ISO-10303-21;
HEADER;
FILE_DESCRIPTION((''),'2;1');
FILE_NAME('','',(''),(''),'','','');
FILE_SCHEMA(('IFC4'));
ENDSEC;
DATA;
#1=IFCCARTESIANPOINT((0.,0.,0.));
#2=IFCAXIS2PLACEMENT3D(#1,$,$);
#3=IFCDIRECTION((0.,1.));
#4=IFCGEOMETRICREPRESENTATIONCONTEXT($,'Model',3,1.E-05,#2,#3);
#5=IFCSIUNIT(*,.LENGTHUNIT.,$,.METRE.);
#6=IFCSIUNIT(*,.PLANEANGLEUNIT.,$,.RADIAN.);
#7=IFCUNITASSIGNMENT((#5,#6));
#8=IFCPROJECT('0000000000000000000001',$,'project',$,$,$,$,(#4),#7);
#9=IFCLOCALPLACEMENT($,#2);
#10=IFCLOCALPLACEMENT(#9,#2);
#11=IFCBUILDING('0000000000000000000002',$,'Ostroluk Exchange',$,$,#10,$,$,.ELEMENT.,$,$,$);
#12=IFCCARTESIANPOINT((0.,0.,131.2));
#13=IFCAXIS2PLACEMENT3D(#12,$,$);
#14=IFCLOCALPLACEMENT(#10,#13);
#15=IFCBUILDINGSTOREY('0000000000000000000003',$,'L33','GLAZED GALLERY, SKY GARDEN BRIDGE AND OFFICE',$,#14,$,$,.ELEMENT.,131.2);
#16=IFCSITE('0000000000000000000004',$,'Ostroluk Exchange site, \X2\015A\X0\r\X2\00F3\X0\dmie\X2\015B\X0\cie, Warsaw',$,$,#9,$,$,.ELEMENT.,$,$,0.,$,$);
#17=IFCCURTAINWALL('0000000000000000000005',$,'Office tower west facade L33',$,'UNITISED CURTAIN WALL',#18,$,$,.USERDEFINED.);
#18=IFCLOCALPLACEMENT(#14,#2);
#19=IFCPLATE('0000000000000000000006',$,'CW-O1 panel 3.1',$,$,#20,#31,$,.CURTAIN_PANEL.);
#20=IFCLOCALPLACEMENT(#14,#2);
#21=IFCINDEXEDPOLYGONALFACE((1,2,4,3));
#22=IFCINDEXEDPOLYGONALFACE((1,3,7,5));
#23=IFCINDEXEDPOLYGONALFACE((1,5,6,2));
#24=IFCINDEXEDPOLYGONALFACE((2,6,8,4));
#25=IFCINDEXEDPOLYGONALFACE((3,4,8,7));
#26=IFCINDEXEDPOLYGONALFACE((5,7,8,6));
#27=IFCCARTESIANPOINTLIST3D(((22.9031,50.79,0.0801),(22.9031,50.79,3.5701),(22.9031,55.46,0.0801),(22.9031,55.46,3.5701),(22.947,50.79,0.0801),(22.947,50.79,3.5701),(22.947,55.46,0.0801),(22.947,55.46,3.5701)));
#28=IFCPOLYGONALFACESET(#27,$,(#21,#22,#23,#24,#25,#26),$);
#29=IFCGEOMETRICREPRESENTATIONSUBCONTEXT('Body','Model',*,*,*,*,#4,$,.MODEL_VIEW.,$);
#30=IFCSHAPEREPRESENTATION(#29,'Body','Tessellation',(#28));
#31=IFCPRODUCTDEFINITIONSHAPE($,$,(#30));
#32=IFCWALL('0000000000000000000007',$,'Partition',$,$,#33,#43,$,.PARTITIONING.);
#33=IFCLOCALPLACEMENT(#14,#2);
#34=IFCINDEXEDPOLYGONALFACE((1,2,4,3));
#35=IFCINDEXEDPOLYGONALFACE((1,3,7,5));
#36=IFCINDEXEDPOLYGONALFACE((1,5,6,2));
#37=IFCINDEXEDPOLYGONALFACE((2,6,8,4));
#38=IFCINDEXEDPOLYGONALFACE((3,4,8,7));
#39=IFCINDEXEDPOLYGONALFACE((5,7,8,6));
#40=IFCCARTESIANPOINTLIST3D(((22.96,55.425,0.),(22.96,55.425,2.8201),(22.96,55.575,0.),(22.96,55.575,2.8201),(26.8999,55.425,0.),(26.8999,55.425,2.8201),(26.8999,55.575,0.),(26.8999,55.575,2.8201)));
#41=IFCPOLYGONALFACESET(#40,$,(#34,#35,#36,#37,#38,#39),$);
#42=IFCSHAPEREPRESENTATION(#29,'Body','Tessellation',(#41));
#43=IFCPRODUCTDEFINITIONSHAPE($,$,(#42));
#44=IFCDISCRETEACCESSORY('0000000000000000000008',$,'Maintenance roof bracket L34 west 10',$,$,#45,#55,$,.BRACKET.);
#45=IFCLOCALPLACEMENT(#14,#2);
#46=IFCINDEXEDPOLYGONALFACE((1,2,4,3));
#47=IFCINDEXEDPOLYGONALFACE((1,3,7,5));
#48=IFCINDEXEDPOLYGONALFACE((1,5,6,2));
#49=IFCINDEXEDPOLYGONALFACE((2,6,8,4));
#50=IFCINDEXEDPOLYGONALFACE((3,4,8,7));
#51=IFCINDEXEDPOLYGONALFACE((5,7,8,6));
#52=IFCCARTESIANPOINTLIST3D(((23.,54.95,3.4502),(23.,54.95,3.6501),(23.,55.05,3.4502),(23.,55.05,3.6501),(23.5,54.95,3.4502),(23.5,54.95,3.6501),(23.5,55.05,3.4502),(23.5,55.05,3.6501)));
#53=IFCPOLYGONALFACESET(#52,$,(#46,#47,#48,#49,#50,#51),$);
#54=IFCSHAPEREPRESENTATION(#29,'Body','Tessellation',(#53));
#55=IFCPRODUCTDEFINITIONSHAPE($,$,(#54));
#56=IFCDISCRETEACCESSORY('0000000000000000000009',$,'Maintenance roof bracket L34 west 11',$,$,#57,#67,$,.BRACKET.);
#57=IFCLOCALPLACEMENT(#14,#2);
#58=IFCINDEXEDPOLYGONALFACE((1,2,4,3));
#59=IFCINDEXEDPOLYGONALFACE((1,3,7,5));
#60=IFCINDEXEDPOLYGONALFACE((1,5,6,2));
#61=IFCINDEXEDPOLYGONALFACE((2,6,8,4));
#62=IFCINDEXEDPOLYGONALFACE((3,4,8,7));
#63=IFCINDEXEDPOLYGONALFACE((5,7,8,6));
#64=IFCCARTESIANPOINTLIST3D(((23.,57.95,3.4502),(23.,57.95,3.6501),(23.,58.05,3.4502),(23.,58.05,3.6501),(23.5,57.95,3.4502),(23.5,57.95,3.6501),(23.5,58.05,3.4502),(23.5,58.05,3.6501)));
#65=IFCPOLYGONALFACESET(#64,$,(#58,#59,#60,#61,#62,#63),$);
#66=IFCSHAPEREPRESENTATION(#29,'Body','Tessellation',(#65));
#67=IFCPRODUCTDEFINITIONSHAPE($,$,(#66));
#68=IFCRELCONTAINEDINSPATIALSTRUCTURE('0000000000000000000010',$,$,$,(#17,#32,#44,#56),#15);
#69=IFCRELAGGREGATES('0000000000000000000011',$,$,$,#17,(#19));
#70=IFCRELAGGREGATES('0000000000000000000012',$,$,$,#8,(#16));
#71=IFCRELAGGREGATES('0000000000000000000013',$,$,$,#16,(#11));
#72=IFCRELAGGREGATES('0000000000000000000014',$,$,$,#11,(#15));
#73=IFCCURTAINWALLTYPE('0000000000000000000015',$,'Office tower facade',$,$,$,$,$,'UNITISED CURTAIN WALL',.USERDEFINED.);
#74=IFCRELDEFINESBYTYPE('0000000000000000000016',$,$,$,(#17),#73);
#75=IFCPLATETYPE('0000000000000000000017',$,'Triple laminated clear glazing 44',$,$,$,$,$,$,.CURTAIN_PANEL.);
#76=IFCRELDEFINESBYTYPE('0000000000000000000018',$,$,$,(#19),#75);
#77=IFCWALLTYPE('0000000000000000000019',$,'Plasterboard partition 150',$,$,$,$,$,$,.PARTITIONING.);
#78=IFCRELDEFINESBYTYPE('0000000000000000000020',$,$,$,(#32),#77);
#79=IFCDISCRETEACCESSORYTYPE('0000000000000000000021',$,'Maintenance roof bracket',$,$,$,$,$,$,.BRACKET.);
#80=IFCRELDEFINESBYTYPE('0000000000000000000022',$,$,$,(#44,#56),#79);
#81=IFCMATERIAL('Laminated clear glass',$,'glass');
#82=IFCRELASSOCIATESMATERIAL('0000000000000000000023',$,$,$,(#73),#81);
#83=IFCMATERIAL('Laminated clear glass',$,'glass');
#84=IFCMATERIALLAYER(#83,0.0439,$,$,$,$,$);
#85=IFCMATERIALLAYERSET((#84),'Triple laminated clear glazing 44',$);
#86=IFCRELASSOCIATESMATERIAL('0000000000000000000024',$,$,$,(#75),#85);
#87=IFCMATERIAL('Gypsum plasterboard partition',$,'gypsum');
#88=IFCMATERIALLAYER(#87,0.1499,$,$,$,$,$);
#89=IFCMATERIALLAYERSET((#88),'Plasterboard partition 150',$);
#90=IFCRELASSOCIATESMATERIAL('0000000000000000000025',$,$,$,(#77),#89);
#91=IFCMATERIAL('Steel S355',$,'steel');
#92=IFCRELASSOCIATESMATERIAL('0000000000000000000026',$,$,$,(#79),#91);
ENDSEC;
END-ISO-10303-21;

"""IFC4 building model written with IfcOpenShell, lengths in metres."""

from ifc_helpers import new_model, si_unit, direction, frame, frame_2d, origin, origin_2d, place, context, subcontext, project, spatial, rectangle, extrude, material, layer, layer_set, type_object, element, aggregate, save


model = new_model("IFC4")

# Units and contexts
model_context = context("Model", 3, precision=1e-05, world=origin(), true_north=direction((0.0, 1.0)))
body_context = subcontext(model_context, "Body", "Model", "MODEL_VIEW")
ifc_project = project(units=[si_unit("LENGTHUNIT", "METRE"), si_unit("PLANEANGLEUNIT", "RADIAN")], contexts=[model_context])

# Site, building, storey
site_placement = place(None, origin())
site = spatial("IfcSite", under=ifc_project, at=site_placement, Name="Ostroluk Exchange site, Śródmieście, Warsaw", CompositionType="ELEMENT", RefElevation=0.0)
building_placement = place(site_placement, origin())
building = spatial("IfcBuilding", under=site, at=building_placement, Name="Ostroluk Exchange", CompositionType="ELEMENT")
storey_placement = place(building_placement, frame((0.0, 0.0, 131.2)))
storey = spatial("IfcBuildingStorey", under=building, at=storey_placement, Name="L33", Description="GLAZED GALLERY, SKY GARDEN BRIDGE AND OFFICE", CompositionType="ELEMENT", Elevation=131.2)

# Curtain wall, plate
ifc_material_1 = material(Name="Laminated clear glass", Category="glass")
curtain_wall_type = type_object("IfcCurtainWallType", Name="Office tower facade", ElementType="UNITISED CURTAIN WALL", PredefinedType="USERDEFINED", material=ifc_material_1)
curtain_wall_placement = place(storey_placement, origin())
curtain_wall = element("IfcCurtainWall", 1, at=curtain_wall_placement, inside=storey, type_object=curtain_wall_type, Name="Office tower west facade L33", ObjectType="UNITISED CURTAIN WALL", PredefinedType="USERDEFINED")
ifc_material_2 = material(Name="Laminated clear glass", Category="glass")
ifc_layer_1 = layer(ifc_material_2, 0.0439)
ifc_layer_set_1 = layer_set([ifc_layer_1], Name="Triple laminated clear glazing 44")
plate_type = type_object("IfcPlateType", Name="Triple laminated clear glazing 44", PredefinedType="CURTAIN_PANEL", material=ifc_layer_set_1)
plate_1_placement = place(storey_placement, frame((22.925, 53.125, 0.0801), z_axis=(0.0, 0.0, 1.0), x_axis=(0.0, -1.0, 0.0)))
plate_1 = element("IfcPlate", 2, at=plate_1_placement, type_object=plate_type, Name="CW-O1 panel 3.1", PredefinedType="CURTAIN_PANEL", context=body_context, shape_type="SweptSolid", body=[
    extrude(rectangle(XDim=4.6699, YDim=0.0439, at=origin_2d()), origin(), (0.0, 0.0, 1.0), 3.49),
])
aggregate(curtain_wall, [plate_1])

# Wall
ifc_material_3 = material(Name="Gypsum plasterboard partition", Category="gypsum")
ifc_layer_2 = layer(ifc_material_3, 0.1499)
ifc_layer_set_2 = layer_set([ifc_layer_2], Name="Plasterboard partition 150")
wall_type = type_object("IfcWallType", Name="Plasterboard partition 150", PredefinedType="PARTITIONING", material=ifc_layer_set_2)
wall_placement = place(storey_placement, frame((26.8999, 55.5, 0.0), z_axis=(0.0, 0.0, 1.0), x_axis=(-1.0, 0.0, 0.0)))
element("IfcWall", 3, at=wall_placement, inside=storey, type_object=wall_type, Name="Partition", PredefinedType="PARTITIONING", context=body_context, shape_type="SweptSolid", body=[
    extrude(rectangle(XDim=3.9399, YDim=0.1499, at=frame_2d((1.97, 0.0))), origin(), (0.0, 0.0, 1.0), 2.8201),
])

# Discrete accessories
ifc_material_4 = material(Name="Steel S355", Category="steel")
discrete_accessory_type = type_object("IfcDiscreteAccessoryType", Name="Maintenance roof bracket", PredefinedType="BRACKET", material=ifc_material_4)
for number, where, z_axis, x_axis, name in (
    (4, (23.25, 55.0, 3.4502), (0.0, 0.0, 1.0), (1.0, 0.0, 0.0), "Maintenance roof bracket L34 west 10"),
    (5, (23.25, 58.0, 3.4502), (0.0, 0.0, 1.0), (1.0, 0.0, 0.0), "Maintenance roof bracket L34 west 11"),
):
    element("IfcDiscreteAccessory", number, at=place(storey_placement, frame(where, z_axis=z_axis, x_axis=x_axis)), inside=storey, type_object=discrete_accessory_type, Name=name, PredefinedType="BRACKET", context=body_context, shape_type="SweptSolid", body=[
        extrude(rectangle(XDim=0.5, YDim=0.1001, at=origin_2d()), origin(), (0.0, 0.0, 1.0), 0.2),
    ])

save(model, "model.ifc")
